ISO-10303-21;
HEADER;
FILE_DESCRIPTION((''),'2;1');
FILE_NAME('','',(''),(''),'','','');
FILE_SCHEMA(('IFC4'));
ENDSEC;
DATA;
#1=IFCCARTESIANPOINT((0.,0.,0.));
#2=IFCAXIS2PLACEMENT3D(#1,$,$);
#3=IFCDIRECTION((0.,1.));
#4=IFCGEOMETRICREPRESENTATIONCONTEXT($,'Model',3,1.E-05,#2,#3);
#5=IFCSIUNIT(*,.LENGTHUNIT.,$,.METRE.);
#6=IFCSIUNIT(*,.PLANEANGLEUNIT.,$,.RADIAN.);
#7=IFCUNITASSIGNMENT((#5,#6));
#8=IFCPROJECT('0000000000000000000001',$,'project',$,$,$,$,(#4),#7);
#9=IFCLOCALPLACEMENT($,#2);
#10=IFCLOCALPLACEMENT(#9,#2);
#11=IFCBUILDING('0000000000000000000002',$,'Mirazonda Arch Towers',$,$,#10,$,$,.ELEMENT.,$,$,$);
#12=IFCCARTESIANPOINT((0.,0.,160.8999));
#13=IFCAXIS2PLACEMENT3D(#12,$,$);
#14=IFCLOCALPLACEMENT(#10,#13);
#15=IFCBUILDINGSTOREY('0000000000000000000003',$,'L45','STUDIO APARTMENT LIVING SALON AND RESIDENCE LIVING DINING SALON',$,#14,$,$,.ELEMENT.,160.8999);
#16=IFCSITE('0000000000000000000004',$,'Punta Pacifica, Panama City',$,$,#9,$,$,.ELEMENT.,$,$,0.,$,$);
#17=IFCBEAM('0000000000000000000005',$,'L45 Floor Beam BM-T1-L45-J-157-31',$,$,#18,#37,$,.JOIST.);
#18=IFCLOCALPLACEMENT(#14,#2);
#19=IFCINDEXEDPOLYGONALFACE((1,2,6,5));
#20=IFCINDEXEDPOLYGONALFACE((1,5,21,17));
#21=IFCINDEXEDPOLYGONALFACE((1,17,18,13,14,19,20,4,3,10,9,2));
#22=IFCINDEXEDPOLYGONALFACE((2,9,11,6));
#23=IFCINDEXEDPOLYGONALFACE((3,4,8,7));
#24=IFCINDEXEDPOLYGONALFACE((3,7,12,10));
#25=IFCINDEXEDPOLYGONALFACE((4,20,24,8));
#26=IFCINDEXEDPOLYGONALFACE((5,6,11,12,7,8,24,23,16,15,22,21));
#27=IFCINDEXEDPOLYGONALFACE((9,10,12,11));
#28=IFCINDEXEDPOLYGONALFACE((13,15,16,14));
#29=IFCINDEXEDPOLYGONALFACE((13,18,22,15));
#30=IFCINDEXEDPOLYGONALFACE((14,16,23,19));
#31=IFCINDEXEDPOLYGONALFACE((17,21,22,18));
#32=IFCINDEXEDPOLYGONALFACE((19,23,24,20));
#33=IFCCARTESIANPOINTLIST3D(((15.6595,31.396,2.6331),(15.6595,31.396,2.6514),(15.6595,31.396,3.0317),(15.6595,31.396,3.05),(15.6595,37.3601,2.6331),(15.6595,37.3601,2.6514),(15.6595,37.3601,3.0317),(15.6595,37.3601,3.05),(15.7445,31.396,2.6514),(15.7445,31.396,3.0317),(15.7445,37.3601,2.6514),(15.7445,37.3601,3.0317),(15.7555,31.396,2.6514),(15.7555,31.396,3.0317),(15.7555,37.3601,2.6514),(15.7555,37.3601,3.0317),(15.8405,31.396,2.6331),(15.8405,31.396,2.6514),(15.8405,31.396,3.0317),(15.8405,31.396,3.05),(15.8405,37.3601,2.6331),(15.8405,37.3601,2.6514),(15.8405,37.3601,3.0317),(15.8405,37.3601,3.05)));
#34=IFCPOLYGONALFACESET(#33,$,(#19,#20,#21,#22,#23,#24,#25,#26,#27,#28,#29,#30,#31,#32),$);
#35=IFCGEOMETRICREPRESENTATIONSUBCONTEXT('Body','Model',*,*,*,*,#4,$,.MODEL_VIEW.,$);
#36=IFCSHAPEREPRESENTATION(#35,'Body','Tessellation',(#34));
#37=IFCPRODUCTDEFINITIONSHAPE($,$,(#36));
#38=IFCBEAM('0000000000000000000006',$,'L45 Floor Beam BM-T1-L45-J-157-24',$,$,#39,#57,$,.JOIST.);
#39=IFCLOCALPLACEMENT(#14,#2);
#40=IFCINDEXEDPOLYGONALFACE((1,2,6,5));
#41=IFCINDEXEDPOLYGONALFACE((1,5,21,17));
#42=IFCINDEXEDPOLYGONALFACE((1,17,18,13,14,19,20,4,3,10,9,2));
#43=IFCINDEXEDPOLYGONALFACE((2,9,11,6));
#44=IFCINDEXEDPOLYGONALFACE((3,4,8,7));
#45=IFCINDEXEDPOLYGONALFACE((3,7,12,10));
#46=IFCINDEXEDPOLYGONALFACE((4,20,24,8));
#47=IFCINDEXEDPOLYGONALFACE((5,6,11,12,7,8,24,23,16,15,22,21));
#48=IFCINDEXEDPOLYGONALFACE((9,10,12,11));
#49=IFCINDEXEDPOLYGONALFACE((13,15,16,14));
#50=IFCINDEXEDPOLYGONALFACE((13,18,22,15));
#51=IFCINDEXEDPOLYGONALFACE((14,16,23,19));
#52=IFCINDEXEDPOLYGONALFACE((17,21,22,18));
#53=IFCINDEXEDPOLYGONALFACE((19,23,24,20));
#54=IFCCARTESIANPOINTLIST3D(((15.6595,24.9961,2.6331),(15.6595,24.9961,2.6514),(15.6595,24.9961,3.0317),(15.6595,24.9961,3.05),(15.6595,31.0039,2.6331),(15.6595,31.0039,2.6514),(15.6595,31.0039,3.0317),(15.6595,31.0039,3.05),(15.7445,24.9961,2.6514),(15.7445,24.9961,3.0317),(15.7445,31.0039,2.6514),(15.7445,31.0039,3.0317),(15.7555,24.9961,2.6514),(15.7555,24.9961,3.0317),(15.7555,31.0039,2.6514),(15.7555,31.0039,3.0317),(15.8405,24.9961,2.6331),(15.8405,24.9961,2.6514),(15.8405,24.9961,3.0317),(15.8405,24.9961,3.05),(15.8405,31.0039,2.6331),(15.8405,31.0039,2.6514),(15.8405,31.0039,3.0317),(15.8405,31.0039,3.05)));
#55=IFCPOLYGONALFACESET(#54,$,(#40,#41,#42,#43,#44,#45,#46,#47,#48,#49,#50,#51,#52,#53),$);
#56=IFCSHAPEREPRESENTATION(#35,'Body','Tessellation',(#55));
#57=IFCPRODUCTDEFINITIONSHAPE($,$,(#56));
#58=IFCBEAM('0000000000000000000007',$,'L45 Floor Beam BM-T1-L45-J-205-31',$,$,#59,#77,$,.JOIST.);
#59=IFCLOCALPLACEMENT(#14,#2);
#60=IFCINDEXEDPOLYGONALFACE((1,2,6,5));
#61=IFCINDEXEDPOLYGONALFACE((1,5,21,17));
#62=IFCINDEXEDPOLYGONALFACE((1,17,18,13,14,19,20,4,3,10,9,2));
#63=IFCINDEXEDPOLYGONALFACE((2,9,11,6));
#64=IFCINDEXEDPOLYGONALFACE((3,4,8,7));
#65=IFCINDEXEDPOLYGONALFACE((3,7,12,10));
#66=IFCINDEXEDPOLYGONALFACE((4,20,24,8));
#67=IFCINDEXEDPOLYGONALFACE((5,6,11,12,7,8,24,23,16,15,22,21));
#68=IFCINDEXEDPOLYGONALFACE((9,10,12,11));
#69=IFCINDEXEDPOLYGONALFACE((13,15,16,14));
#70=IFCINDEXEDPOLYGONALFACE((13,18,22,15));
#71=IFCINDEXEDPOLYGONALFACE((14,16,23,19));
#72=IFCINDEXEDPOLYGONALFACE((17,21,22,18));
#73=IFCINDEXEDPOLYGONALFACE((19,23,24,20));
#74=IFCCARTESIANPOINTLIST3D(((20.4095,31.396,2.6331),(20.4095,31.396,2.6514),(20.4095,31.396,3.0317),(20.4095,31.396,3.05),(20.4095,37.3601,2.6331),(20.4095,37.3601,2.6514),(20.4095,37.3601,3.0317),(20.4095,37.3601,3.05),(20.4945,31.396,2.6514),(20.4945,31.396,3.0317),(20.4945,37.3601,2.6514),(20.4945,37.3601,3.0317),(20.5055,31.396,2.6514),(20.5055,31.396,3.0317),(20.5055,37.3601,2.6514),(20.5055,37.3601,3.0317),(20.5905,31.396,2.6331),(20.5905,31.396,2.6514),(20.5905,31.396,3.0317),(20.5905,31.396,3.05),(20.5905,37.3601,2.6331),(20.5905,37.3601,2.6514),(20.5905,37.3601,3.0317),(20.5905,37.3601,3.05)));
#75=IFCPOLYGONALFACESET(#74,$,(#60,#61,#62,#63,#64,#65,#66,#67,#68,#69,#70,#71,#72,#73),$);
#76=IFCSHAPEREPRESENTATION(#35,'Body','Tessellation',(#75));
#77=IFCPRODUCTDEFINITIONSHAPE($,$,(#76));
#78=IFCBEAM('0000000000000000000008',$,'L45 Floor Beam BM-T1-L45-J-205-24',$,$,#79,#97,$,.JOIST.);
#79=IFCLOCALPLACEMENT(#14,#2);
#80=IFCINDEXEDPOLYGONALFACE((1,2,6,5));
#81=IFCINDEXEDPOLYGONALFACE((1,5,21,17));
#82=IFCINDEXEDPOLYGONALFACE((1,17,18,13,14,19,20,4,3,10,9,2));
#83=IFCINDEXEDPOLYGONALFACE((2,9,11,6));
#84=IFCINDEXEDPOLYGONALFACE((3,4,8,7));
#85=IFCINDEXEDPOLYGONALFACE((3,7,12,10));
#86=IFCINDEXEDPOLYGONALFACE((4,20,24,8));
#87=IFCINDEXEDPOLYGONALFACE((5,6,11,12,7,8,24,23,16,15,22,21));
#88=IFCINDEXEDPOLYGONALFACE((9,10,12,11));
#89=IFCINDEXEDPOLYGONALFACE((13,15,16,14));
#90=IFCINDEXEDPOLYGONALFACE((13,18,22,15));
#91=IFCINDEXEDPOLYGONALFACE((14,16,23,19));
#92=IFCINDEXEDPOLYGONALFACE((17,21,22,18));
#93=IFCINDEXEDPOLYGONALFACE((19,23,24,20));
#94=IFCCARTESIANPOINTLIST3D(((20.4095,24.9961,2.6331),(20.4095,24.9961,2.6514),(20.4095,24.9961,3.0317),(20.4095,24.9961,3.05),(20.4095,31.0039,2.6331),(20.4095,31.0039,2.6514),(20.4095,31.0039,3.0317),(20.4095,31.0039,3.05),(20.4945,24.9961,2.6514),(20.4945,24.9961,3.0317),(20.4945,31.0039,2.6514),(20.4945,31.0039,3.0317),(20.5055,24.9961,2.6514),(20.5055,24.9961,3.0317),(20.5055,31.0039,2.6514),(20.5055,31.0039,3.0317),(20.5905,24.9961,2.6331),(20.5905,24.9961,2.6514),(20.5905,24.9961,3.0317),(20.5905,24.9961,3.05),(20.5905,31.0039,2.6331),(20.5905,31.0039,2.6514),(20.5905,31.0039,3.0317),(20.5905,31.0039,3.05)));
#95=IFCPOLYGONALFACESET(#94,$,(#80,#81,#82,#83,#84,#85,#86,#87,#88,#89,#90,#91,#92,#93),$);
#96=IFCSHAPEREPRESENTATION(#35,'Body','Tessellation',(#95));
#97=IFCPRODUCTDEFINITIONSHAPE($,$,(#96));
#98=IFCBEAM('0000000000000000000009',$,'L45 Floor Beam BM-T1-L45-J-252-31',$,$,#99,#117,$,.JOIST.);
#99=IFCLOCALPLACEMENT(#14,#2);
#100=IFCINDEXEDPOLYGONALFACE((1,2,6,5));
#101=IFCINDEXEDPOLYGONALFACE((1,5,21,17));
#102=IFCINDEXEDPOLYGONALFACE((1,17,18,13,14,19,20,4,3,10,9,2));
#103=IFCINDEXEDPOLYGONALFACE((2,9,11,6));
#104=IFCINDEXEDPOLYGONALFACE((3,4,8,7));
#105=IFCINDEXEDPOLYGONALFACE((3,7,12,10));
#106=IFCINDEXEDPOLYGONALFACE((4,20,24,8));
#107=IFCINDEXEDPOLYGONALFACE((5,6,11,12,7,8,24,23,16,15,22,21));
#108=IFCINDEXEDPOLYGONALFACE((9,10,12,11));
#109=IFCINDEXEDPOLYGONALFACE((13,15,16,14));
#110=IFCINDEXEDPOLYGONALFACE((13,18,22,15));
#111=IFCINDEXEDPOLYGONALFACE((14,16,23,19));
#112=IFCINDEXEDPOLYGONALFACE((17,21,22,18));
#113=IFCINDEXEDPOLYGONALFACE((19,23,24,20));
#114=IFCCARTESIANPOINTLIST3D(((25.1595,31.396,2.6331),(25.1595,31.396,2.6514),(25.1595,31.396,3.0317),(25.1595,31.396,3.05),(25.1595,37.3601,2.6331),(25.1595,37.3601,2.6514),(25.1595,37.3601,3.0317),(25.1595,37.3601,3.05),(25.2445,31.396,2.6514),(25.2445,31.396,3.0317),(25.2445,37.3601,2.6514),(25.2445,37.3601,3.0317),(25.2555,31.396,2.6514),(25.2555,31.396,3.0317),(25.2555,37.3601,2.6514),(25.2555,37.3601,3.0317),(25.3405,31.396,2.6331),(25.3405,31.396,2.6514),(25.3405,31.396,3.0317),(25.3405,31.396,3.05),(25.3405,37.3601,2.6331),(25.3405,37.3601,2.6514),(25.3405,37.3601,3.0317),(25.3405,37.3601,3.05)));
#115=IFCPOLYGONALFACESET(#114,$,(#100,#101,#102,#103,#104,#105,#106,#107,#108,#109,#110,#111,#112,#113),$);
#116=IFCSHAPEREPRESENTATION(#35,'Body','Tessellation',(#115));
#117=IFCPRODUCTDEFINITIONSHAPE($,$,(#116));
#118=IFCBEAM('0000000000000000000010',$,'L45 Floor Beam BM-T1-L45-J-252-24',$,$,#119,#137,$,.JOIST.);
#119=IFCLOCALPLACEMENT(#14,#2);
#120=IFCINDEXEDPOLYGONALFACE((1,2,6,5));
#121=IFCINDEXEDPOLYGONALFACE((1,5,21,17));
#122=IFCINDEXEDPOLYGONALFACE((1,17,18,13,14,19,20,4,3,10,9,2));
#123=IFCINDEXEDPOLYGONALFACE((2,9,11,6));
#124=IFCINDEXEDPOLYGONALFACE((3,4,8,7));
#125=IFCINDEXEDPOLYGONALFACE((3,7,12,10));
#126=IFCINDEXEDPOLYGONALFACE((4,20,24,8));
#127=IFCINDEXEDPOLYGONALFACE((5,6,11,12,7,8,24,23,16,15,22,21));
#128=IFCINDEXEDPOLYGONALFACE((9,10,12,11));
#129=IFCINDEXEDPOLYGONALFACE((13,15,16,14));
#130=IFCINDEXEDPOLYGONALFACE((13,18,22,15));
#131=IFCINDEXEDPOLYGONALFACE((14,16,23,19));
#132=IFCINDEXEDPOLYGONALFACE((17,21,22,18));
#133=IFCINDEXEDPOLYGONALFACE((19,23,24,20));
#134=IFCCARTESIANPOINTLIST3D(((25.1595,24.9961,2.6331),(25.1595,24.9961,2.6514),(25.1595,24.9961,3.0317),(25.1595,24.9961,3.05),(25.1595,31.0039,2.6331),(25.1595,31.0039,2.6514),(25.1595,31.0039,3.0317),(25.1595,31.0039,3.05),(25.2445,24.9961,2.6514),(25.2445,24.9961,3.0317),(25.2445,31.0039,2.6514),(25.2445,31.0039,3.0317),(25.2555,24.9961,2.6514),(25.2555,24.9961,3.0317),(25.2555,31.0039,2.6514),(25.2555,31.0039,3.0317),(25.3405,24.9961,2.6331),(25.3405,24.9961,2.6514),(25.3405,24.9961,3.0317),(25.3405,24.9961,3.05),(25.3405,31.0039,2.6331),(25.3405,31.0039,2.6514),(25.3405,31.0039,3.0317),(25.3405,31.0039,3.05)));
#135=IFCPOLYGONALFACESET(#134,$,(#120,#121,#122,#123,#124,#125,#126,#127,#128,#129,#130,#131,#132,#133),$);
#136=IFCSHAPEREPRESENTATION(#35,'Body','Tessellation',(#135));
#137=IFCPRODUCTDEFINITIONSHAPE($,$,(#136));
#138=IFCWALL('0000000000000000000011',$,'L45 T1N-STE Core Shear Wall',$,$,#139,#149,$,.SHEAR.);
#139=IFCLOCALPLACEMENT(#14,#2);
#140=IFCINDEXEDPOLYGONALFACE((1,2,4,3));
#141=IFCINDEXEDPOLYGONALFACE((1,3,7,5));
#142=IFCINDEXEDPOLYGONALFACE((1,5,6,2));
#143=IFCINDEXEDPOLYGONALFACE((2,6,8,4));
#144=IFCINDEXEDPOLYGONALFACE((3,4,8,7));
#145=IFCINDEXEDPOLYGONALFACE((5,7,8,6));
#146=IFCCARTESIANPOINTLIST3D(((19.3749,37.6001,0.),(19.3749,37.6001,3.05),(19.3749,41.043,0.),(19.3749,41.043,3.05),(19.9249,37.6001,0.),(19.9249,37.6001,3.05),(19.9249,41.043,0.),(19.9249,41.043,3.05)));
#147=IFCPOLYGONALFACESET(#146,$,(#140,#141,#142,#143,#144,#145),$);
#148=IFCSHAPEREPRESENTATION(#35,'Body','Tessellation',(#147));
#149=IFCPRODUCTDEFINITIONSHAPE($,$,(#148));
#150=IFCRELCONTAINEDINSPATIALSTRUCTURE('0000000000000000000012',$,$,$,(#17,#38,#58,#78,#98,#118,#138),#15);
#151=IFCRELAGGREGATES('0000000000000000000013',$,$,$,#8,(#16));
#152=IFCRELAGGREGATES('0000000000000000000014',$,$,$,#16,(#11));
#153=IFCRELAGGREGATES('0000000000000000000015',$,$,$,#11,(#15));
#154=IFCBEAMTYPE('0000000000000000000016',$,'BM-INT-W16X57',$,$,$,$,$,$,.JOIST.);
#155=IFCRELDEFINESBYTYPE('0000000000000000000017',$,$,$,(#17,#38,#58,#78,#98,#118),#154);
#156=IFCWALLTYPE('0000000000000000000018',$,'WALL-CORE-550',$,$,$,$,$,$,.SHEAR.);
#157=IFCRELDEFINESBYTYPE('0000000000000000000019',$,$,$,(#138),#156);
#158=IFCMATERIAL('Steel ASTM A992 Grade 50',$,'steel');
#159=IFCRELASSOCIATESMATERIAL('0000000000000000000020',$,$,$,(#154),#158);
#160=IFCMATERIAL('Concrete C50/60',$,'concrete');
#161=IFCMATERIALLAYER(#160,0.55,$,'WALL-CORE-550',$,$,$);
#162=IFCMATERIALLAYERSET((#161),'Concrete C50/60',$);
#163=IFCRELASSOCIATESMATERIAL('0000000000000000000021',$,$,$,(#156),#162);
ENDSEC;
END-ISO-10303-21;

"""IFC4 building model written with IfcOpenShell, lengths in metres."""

from ifc_helpers import new_model, si_unit, direction, frame, frame_2d, origin, origin_2d, place, context, subcontext, project, spatial, rectangle, i_section, extrude, material, layer, layer_set, material_profile, profile_set, type_object, element, save


model = new_model("IFC4")

# Units and contexts
model_context = context("Model", 3, precision=1e-05, world=origin(), true_north=direction((0.0, 1.0)))
body_context = subcontext(model_context, "Body", "Model", "MODEL_VIEW")
ifc_project = project(units=[si_unit("LENGTHUNIT", "METRE"), si_unit("PLANEANGLEUNIT", "RADIAN")], contexts=[model_context])

# Site, building, storey
site_placement = place(None, origin())
site = spatial("IfcSite", under=ifc_project, at=site_placement, Name="Punta Pacifica, Panama City", CompositionType="ELEMENT", RefElevation=0.0)
building_placement = place(site_placement, origin())
building = spatial("IfcBuilding", under=site, at=building_placement, Name="Mirazonda Arch Towers", CompositionType="ELEMENT")
storey_placement = place(building_placement, frame((0.0, 0.0, 160.8999)))
storey = spatial("IfcBuildingStorey", under=building, at=storey_placement, Name="L45", Description="STUDIO APARTMENT LIVING SALON AND RESIDENCE LIVING DINING SALON", CompositionType="ELEMENT", Elevation=160.8999)

# Beams
ifc_material_1 = material(Name="Steel ASTM A992 Grade 50", Category="steel")
ifc_material_profile = material_profile(ifc_material_1, i_section(OverallWidth=0.1809, OverallDepth=0.417, WebThickness=0.011, FlangeThickness=0.0183, at=origin_2d()), Name="W16X57")
ifc_profile_set = profile_set([ifc_material_profile], Name="Steel ASTM A992 Grade 50")
beam_type = type_object("IfcBeamType", Name="BM-INT-W16X57", PredefinedType="JOIST", material=ifc_profile_set)
beam_1_placement = place(storey_placement, frame((15.75, 31.396, 2.8416), z_axis=(0.0, 1.0, 0.0), x_axis=(-1.0, 0.0, 0.0)))
element("IfcBeam", 1, at=beam_1_placement, inside=storey, type_object=beam_type, Name="L45 Floor Beam BM-T1-L45-J-157-31", PredefinedType="JOIST", context=body_context, shape_type="SweptSolid", body=[
    extrude(i_section(OverallWidth=0.1809, OverallDepth=0.417, WebThickness=0.011, FlangeThickness=0.0183, at=origin_2d()), origin(), (0.0, 0.0, 1.0), 5.9641),
])
beam_2_placement = place(storey_placement, frame((15.75, 24.9961, 2.8416), z_axis=(0.0, 1.0, 0.0), x_axis=(-1.0, 0.0, 0.0)))
element("IfcBeam", 2, at=beam_2_placement, inside=storey, type_object=beam_type, Name="L45 Floor Beam BM-T1-L45-J-157-24", PredefinedType="JOIST", context=body_context, shape_type="SweptSolid", body=[
    extrude(i_section(OverallWidth=0.1809, OverallDepth=0.417, WebThickness=0.011, FlangeThickness=0.0183, at=origin_2d()), origin(), (0.0, 0.0, 1.0), 6.0078),
])
beam_3_placement = place(storey_placement, frame((20.5, 31.396, 2.8416), z_axis=(0.0, 1.0, 0.0), x_axis=(-1.0, 0.0, 0.0)))
element("IfcBeam", 3, at=beam_3_placement, inside=storey, type_object=beam_type, Name="L45 Floor Beam BM-T1-L45-J-205-31", PredefinedType="JOIST", context=body_context, shape_type="SweptSolid", body=[
    extrude(i_section(OverallWidth=0.1809, OverallDepth=0.417, WebThickness=0.011, FlangeThickness=0.0183, at=origin_2d()), origin(), (0.0, 0.0, 1.0), 5.9641),
])
beam_4_placement = place(storey_placement, frame((20.5, 24.9961, 2.8416), z_axis=(0.0, 1.0, 0.0), x_axis=(-1.0, 0.0, 0.0)))
element("IfcBeam", 4, at=beam_4_placement, inside=storey, type_object=beam_type, Name="L45 Floor Beam BM-T1-L45-J-205-24", PredefinedType="JOIST", context=body_context, shape_type="SweptSolid", body=[
    extrude(i_section(OverallWidth=0.1809, OverallDepth=0.417, WebThickness=0.011, FlangeThickness=0.0183, at=origin_2d()), origin(), (0.0, 0.0, 1.0), 6.0078),
])
beam_5_placement = place(storey_placement, frame((25.25, 31.396, 2.8416), z_axis=(0.0, 1.0, 0.0), x_axis=(-1.0, 0.0, 0.0)))
element("IfcBeam", 5, at=beam_5_placement, inside=storey, type_object=beam_type, Name="L45 Floor Beam BM-T1-L45-J-252-31", PredefinedType="JOIST", context=body_context, shape_type="SweptSolid", body=[
    extrude(i_section(OverallWidth=0.1809, OverallDepth=0.417, WebThickness=0.011, FlangeThickness=0.0183, at=origin_2d()), origin(), (0.0, 0.0, 1.0), 5.9641),
])
beam_6_placement = place(storey_placement, frame((25.25, 24.9961, 2.8416), z_axis=(0.0, 1.0, 0.0), x_axis=(-1.0, 0.0, 0.0)))
element("IfcBeam", 6, at=beam_6_placement, inside=storey, type_object=beam_type, Name="L45 Floor Beam BM-T1-L45-J-252-24", PredefinedType="JOIST", context=body_context, shape_type="SweptSolid", body=[
    extrude(i_section(OverallWidth=0.1809, OverallDepth=0.417, WebThickness=0.011, FlangeThickness=0.0183, at=origin_2d()), origin(), (0.0, 0.0, 1.0), 6.0078),
])

# Wall
ifc_material_2 = material(Name="Concrete C50/60", Category="concrete")
ifc_layer_1 = layer(ifc_material_2, 0.55, Name="WALL-CORE-550")
ifc_layer_set_1 = layer_set([ifc_layer_1], Name="Concrete C50/60")
wall_type_1 = type_object("IfcWallType", Name="WALL-CORE-550", PredefinedType="SHEAR", material=ifc_layer_set_1)
wall_1_placement = place(storey_placement, frame((19.6499, 37.6001, 0.0), z_axis=(0.0, 0.0, 1.0), x_axis=(0.0, 1.0, 0.0)))
element("IfcWall", 7, at=wall_1_placement, inside=storey, type_object=wall_type_1, Name="L45 T1N-STE Core Shear Wall", PredefinedType="SHEAR", context=body_context, shape_type="SweptSolid", body=[
    extrude(rectangle(XDim=3.4429, YDim=0.55, at=frame_2d((1.7214, 0.0))), origin(), (0.0, 0.0, 1.0), 3.05),
])

save(model, "model.ifc")
